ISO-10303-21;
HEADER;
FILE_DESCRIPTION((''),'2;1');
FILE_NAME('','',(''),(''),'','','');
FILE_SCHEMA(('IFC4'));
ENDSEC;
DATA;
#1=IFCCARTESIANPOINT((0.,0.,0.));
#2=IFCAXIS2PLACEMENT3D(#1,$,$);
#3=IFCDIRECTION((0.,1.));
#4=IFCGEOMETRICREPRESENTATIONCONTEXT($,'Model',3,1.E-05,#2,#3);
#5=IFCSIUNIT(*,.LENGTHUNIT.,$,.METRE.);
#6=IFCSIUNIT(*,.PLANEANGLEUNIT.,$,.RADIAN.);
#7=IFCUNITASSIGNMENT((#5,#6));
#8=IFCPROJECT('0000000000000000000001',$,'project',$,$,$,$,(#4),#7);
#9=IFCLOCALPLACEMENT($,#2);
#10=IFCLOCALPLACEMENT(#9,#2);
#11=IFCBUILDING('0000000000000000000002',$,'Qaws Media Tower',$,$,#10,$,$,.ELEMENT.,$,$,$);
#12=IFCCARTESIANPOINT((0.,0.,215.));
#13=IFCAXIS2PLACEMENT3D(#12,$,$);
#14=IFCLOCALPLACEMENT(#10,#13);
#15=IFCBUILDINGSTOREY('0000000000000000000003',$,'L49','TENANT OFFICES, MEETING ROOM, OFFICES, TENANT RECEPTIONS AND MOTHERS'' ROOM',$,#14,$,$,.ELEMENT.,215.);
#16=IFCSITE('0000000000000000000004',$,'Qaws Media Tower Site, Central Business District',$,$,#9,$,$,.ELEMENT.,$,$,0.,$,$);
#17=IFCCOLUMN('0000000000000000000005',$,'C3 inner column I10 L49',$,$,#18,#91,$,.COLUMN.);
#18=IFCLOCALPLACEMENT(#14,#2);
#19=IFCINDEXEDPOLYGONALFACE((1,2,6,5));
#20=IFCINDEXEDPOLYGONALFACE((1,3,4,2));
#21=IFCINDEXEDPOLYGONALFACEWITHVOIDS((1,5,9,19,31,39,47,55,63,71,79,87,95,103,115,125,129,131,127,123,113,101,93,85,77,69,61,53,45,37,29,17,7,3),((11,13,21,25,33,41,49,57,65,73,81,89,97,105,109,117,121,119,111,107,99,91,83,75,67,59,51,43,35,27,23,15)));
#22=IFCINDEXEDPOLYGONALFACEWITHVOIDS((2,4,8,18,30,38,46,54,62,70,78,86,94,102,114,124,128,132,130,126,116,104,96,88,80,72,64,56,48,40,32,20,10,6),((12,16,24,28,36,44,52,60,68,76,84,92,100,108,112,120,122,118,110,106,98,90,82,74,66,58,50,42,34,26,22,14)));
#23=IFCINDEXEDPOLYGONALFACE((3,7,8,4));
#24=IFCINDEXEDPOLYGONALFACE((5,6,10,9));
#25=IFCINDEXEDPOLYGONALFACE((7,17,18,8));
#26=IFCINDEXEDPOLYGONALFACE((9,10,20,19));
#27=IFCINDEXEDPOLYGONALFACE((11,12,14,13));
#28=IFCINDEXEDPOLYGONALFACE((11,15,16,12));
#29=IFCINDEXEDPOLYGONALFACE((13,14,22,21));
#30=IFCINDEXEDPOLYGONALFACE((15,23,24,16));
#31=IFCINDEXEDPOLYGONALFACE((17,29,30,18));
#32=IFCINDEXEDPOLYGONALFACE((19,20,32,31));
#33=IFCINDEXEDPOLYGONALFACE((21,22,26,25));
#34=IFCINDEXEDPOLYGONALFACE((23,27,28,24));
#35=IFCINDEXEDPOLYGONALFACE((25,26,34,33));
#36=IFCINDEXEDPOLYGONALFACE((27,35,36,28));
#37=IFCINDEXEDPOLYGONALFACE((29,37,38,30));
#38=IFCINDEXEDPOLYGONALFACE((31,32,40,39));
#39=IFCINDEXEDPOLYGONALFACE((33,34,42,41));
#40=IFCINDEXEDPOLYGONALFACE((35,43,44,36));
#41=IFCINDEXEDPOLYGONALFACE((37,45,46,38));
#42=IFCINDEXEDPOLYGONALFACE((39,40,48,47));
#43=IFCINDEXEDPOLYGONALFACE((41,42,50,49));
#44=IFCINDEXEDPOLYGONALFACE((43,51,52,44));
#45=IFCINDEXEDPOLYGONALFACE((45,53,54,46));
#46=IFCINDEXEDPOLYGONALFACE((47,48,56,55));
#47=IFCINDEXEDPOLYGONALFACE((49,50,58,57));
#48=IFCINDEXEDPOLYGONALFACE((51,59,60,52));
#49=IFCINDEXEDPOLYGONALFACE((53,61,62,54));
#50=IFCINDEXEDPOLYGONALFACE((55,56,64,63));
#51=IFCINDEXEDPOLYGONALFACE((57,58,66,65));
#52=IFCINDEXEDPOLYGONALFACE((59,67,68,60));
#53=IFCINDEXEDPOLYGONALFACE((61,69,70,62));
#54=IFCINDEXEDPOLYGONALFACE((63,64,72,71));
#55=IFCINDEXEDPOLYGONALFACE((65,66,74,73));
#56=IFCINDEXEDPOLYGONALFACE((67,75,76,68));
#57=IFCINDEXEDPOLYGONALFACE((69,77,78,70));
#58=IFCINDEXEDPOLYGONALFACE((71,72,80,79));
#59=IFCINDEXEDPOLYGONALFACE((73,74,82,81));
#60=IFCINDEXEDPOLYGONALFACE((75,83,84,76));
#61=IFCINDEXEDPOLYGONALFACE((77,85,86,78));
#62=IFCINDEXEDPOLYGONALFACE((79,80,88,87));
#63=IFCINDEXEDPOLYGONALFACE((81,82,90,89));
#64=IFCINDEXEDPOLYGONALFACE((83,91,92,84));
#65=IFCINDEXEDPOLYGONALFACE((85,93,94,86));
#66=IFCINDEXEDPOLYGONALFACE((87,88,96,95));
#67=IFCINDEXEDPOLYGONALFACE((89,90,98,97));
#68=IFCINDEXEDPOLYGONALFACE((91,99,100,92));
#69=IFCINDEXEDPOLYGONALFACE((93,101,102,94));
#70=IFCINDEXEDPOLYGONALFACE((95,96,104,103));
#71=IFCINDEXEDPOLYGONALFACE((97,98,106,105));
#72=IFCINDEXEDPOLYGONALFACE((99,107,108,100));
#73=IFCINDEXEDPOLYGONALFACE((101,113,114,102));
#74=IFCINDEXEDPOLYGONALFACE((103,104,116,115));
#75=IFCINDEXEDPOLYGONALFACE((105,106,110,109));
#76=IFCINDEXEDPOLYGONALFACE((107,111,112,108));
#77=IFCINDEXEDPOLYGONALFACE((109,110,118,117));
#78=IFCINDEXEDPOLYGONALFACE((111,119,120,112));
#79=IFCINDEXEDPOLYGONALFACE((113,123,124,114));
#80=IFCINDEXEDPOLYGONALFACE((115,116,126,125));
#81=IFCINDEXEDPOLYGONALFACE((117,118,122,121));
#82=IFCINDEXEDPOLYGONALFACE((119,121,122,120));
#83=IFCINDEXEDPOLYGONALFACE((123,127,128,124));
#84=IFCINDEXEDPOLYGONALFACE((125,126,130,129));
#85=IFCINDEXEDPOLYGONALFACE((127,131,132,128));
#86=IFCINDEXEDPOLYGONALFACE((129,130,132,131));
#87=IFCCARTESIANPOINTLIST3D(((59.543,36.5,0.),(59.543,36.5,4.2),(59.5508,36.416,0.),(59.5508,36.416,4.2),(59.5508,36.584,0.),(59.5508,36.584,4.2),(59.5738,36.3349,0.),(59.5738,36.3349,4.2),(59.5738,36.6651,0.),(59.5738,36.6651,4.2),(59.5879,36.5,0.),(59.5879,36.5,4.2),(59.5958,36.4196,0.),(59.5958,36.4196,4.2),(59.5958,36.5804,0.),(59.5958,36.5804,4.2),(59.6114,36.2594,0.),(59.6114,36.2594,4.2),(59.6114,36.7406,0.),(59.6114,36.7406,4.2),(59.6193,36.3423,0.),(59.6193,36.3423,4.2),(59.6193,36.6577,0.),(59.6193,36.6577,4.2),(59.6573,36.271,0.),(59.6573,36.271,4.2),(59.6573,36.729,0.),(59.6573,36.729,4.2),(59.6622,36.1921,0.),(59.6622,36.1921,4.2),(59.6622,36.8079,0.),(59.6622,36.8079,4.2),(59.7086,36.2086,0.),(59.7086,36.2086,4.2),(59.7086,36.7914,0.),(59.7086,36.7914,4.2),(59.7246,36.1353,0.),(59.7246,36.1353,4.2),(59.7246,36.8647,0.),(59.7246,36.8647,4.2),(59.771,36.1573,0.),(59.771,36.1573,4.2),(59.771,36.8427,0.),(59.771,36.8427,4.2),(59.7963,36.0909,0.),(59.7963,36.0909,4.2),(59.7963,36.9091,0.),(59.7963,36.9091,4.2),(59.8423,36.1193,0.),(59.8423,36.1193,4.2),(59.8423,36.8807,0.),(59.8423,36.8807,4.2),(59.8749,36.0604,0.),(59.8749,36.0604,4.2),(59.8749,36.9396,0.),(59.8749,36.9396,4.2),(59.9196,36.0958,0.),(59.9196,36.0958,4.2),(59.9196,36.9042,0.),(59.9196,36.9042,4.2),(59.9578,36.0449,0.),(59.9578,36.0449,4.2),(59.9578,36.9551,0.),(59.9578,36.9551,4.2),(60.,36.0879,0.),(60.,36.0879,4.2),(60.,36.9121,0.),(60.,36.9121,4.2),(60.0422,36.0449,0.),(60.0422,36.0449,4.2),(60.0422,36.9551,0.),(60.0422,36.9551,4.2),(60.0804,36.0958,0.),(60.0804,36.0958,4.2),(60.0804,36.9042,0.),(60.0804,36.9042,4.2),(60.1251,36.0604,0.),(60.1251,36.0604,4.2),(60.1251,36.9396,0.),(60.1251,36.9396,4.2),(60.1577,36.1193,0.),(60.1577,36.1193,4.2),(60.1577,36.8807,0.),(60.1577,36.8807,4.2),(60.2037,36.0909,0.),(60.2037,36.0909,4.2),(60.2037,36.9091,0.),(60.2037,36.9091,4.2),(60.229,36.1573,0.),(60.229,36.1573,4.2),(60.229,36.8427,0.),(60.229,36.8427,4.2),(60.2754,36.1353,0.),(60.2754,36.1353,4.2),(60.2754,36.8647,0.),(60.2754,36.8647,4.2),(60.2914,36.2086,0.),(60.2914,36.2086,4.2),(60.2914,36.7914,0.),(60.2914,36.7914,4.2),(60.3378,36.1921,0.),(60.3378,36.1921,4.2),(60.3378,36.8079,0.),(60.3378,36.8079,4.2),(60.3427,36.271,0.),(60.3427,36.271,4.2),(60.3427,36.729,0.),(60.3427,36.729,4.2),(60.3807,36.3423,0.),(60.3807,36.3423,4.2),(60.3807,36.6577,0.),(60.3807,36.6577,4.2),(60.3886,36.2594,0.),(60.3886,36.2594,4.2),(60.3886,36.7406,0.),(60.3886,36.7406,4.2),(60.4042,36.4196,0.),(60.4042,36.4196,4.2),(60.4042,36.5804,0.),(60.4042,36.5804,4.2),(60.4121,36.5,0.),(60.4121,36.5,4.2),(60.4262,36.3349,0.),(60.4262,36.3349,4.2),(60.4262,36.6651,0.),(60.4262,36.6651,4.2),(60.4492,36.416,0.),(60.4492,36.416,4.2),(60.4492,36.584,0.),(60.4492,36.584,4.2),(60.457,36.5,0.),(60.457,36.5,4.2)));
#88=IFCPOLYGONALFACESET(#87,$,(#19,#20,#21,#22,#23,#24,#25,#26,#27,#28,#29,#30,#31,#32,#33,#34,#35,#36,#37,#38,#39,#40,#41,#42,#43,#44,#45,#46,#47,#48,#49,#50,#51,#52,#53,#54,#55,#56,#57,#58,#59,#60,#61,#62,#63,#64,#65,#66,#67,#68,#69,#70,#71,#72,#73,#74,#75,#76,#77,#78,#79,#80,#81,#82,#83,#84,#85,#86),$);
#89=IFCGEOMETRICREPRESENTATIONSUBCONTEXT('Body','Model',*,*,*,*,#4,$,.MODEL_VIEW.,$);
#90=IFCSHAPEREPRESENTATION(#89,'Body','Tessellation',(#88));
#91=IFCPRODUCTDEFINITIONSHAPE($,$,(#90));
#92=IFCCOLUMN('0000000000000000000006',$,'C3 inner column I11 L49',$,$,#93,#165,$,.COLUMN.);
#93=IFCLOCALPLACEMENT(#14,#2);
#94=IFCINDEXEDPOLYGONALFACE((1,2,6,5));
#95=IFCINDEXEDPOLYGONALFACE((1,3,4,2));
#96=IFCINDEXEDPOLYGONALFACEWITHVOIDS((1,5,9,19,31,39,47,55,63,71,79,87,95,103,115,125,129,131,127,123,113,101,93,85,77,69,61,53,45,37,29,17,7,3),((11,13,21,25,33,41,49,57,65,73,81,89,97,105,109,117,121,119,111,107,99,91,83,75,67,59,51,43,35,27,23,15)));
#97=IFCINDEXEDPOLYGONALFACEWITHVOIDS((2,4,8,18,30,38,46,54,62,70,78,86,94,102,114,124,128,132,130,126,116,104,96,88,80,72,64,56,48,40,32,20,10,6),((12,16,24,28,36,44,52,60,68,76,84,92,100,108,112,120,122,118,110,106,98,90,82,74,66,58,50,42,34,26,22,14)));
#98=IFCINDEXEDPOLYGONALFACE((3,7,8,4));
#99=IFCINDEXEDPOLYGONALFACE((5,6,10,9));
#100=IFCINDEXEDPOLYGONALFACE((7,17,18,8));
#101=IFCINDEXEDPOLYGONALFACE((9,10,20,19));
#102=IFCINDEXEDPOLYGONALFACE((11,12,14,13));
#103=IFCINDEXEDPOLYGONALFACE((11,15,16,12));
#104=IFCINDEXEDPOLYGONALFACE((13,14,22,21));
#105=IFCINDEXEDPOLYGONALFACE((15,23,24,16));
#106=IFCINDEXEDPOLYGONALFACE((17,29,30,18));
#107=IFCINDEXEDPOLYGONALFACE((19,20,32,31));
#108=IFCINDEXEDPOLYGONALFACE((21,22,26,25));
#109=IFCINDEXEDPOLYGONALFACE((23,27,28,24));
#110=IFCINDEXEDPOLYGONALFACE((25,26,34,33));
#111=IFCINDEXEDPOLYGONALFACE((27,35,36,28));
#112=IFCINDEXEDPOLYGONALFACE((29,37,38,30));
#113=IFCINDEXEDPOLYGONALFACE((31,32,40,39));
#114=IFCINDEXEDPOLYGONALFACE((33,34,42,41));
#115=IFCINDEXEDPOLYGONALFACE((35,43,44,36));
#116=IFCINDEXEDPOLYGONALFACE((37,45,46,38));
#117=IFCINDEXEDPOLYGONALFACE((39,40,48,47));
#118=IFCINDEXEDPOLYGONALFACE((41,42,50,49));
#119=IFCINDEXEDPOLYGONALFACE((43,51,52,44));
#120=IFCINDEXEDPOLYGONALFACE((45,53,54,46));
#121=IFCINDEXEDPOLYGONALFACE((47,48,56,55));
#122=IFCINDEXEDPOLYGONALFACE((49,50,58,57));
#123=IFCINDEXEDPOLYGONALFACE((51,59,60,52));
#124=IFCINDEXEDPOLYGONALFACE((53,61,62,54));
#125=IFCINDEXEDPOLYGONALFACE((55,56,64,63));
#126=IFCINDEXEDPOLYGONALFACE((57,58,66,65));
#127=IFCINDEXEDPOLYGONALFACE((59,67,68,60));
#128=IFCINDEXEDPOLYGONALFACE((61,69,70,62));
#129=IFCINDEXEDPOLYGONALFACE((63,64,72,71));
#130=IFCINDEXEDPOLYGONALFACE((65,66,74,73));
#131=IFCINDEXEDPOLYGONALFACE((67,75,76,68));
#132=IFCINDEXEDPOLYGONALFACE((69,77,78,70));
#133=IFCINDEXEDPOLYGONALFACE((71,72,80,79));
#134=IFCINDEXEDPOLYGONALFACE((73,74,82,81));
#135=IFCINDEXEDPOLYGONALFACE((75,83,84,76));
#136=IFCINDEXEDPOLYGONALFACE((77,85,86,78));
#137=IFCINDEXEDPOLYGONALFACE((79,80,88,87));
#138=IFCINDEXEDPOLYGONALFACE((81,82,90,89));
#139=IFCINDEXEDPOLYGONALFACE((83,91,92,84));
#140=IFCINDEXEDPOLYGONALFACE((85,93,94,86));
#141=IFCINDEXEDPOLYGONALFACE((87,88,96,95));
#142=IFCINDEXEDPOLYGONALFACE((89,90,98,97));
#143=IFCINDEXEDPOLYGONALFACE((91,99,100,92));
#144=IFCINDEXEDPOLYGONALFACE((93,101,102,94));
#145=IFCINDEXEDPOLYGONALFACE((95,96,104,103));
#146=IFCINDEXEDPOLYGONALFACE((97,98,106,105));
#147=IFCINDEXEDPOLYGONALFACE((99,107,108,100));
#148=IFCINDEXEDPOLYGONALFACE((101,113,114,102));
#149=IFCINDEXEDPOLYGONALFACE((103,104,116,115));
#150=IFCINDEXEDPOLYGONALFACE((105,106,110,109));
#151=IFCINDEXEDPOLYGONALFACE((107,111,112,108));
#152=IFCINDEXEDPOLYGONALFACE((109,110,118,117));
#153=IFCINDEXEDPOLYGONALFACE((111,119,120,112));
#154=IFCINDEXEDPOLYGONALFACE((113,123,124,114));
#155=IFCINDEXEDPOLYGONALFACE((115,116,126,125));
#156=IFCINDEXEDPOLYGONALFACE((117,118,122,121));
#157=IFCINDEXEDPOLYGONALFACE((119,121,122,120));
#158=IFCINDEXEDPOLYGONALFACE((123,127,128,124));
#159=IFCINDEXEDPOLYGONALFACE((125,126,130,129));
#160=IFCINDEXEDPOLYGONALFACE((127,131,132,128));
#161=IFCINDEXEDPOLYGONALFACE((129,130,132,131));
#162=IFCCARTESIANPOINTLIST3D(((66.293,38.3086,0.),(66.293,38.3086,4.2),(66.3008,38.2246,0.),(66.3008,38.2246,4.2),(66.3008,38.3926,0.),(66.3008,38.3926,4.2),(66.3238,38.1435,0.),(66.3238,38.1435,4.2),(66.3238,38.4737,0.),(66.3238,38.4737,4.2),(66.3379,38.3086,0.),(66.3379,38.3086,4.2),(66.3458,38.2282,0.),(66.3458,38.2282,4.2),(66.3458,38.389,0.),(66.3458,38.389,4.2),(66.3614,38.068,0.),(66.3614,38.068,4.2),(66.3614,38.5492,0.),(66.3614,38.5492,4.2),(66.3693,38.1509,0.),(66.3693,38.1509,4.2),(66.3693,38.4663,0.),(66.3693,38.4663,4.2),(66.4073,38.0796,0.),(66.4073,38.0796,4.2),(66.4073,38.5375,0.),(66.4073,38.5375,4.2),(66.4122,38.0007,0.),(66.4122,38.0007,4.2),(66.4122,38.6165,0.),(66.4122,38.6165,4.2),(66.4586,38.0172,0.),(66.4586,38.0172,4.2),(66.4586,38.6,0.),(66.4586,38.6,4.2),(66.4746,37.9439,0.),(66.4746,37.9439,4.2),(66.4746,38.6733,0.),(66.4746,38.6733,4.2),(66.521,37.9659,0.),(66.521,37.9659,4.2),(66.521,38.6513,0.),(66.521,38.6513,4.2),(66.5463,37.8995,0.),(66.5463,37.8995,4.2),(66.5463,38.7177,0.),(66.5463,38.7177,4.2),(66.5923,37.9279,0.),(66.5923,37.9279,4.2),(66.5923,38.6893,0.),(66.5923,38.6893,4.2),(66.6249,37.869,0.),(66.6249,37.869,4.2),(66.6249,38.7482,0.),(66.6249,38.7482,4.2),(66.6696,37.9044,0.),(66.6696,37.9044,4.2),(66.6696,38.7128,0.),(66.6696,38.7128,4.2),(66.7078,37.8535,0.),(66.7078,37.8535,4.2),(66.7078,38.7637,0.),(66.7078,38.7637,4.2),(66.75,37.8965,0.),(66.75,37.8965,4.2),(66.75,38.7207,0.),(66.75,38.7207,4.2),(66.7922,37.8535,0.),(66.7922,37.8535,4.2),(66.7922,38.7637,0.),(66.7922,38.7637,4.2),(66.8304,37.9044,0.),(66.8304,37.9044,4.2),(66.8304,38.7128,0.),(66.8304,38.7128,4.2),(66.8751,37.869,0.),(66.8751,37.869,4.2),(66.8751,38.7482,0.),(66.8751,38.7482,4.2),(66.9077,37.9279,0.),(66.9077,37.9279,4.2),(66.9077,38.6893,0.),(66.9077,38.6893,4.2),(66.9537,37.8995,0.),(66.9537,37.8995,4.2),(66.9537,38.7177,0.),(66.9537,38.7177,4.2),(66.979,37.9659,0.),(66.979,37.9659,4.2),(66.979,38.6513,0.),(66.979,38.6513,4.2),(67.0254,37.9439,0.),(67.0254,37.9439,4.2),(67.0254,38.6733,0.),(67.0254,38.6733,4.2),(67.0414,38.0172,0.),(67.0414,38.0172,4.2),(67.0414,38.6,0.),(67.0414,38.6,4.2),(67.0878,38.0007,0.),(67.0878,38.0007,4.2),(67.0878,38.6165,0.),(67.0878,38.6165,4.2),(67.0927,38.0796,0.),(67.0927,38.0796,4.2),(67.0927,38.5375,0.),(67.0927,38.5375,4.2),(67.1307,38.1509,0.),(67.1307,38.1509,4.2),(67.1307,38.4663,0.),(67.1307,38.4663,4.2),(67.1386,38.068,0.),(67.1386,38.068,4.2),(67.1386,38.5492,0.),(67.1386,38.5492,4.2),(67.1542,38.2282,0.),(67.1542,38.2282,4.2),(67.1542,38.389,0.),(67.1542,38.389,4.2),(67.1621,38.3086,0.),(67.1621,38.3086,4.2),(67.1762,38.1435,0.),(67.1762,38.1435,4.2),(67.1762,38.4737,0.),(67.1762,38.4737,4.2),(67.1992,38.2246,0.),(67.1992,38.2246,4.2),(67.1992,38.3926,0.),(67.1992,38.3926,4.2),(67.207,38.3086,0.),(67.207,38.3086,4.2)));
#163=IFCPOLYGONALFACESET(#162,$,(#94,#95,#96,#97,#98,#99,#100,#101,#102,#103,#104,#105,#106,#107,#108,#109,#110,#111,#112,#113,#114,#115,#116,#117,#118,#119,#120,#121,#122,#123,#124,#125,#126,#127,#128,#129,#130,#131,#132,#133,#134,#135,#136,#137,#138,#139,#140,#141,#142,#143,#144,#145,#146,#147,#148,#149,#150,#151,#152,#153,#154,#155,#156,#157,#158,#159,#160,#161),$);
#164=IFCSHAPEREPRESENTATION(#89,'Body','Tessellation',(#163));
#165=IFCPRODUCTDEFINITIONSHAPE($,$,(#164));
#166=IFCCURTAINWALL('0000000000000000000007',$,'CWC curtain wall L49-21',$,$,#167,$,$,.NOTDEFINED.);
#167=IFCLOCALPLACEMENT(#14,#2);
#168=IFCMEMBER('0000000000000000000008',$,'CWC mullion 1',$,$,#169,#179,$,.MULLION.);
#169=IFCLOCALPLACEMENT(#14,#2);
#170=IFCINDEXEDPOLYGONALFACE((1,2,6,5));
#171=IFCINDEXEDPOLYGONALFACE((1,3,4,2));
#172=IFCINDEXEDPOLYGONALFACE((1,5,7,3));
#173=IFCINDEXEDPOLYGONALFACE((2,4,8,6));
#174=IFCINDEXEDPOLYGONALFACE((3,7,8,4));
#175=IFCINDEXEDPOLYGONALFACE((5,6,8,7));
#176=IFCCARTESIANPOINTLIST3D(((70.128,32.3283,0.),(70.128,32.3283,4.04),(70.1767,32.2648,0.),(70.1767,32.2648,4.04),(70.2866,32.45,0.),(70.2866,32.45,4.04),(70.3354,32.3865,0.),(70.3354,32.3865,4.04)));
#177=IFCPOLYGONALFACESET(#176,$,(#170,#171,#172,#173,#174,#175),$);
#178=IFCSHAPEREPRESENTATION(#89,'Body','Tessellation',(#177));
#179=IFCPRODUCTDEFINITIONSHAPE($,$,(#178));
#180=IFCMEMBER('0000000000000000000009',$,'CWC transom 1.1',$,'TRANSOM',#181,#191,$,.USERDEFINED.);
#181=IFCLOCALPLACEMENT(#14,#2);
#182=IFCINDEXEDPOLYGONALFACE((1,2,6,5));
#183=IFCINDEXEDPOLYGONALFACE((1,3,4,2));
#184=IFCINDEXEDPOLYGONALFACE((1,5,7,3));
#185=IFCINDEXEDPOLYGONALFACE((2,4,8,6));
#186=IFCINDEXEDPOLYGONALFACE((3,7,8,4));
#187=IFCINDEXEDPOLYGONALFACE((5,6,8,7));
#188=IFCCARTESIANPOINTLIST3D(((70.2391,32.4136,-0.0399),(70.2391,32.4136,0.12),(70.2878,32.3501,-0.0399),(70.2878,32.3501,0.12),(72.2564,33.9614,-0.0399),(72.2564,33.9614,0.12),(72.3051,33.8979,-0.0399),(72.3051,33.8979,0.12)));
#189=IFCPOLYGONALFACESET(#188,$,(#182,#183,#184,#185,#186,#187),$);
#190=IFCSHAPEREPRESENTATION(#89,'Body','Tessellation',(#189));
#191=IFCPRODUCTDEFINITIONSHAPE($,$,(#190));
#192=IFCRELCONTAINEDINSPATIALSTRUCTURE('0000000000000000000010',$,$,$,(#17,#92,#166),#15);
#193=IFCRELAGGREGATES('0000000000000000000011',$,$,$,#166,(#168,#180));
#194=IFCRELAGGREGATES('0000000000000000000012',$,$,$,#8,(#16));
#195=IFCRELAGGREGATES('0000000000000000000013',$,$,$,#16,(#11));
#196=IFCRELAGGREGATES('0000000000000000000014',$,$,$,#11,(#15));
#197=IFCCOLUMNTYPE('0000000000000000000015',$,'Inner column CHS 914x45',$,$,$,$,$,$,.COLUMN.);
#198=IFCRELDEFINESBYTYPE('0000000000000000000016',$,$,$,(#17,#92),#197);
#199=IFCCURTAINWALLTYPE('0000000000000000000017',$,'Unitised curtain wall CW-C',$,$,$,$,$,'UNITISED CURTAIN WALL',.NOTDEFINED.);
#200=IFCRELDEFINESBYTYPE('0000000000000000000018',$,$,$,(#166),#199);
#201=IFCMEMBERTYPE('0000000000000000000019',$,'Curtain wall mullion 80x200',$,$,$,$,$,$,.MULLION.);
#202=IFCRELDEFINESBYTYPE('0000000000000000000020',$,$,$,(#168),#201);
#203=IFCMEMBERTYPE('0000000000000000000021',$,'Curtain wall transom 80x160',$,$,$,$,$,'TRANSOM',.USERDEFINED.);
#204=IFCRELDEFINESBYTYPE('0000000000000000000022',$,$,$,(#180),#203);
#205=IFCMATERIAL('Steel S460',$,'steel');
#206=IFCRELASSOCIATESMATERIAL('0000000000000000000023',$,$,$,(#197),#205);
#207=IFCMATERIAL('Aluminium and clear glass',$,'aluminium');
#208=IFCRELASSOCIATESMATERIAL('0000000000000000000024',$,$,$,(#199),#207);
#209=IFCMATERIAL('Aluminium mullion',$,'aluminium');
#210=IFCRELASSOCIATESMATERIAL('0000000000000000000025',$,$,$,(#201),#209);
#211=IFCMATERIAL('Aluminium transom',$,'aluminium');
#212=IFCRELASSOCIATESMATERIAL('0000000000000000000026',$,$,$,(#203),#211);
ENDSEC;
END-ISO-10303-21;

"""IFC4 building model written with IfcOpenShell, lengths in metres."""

from ifc_helpers import new_model, si_unit, direction, frame, origin, origin_2d, place, context, subcontext, project, spatial, rectangle, hollow_circle, extrude, material, material_profile, profile_set, type_object, element, aggregate, save


model = new_model("IFC4")

# Units and contexts
model_context = context("Model", 3, precision=1e-05, world=origin(), true_north=direction((0.0, 1.0)))
body_context = subcontext(model_context, "Body", "Model", "MODEL_VIEW")
ifc_project = project(units=[si_unit("LENGTHUNIT", "METRE"), si_unit("PLANEANGLEUNIT", "RADIAN")], contexts=[model_context])

# Site, building, storey
site_placement = place(None, origin())
site = spatial("IfcSite", under=ifc_project, at=site_placement, Name="Qaws Media Tower Site, Central Business District", CompositionType="ELEMENT", RefElevation=0.0)
building_placement = place(site_placement, origin())
building = spatial("IfcBuilding", under=site, at=building_placement, Name="Qaws Media Tower", CompositionType="ELEMENT")
storey_placement = place(building_placement, frame((0.0, 0.0, 215.0)))
storey = spatial("IfcBuildingStorey", under=building, at=storey_placement, Name="L49", Description="TENANT OFFICES, MEETING ROOM, OFFICES, TENANT RECEPTIONS AND MOTHERS' ROOM", CompositionType="ELEMENT", Elevation=215.0)

# Columns
ifc_material_1 = material(Name="Steel S460", Category="steel")
ifc_material_profile_1 = material_profile(ifc_material_1, hollow_circle(Radius=0.457, WallThickness=0.0449, at=origin_2d()), Name="CHS 914x45")
ifc_profile_set_1 = profile_set([ifc_material_profile_1], Name="Steel S460")
column_type = type_object("IfcColumnType", Name="Inner column CHS 914x45", PredefinedType="COLUMN", material=ifc_profile_set_1)
for number, where, z_axis, x_axis, name in (
    (1, (60.0, 36.5, 0.0), (0.0, 0.0, 1.0), (1.0, 0.0, 0.0), "C3 inner column I10 L49"),
    (2, (66.75, 38.3086, 0.0), (0.0, 0.0, 1.0), (1.0, 0.0, 0.0), "C3 inner column I11 L49"),
):
    element("IfcColumn", number, at=place(storey_placement, frame(where, z_axis=z_axis, x_axis=x_axis)), inside=storey, type_object=column_type, Name=name, PredefinedType="COLUMN", context=body_context, shape_type="SweptSolid", body=[
        extrude(hollow_circle(Radius=0.457, WallThickness=0.0449, at=origin_2d()), origin(), (0.0, 0.0, 1.0), 4.2),
    ])

# Curtain wall, members
ifc_material_2 = material(Name="Aluminium and clear glass", Category="aluminium")
curtain_wall_type = type_object("IfcCurtainWallType", Name="Unitised curtain wall CW-C", ElementType="UNITISED CURTAIN WALL", PredefinedType="NOTDEFINED", material=ifc_material_2)
curtain_wall_placement = place(storey_placement, origin())
curtain_wall = element("IfcCurtainWall", 3, at=curtain_wall_placement, inside=storey, type_object=curtain_wall_type, Name="CWC curtain wall L49-21", PredefinedType="NOTDEFINED")
ifc_material_3 = material(Name="Aluminium mullion", Category="aluminium")
ifc_material_profile_2 = material_profile(ifc_material_3, rectangle(XDim=0.0801, YDim=0.2, at=origin_2d()), Name="80x200")
ifc_profile_set_2 = profile_set([ifc_material_profile_2], Name="Aluminium mullion")
member_type_1 = type_object("IfcMemberType", Name="Curtain wall mullion 80x200", PredefinedType="MULLION", material=ifc_profile_set_2)
member_1_placement = place(storey_placement, frame((70.2317, 32.3574, 0.0), z_axis=(0.0, 0.0, 1.0), x_axis=(-0.608761, 0.793353, 0.0)))
member_1 = element("IfcMember", 4, at=member_1_placement, type_object=member_type_1, Name="CWC mullion 1", PredefinedType="MULLION", context=body_context, shape_type="SweptSolid", body=[
    extrude(rectangle(XDim=0.0801, YDim=0.2, at=origin_2d()), origin(), (0.0, 0.0, 1.0), 4.04),
])
ifc_material_4 = material(Name="Aluminium transom", Category="aluminium")
ifc_material_profile_3 = material_profile(ifc_material_4, rectangle(XDim=0.0801, YDim=0.1599, at=origin_2d()), Name="80x160")
ifc_profile_set_3 = profile_set([ifc_material_profile_3], Name="Aluminium transom")
member_type_2 = type_object("IfcMemberType", Name="Curtain wall transom 80x160", ElementType="TRANSOM", PredefinedType="USERDEFINED", material=ifc_profile_set_3)
member_2_placement = place(storey_placement, frame((70.2634, 32.3818, 0.04), z_axis=(0.793373, 0.608736, 0.0), x_axis=(-0.608736, 0.793373, 0.0)))
member_2 = element("IfcMember", 5, at=member_2_placement, type_object=member_type_2, Name="CWC transom 1.1", ObjectType="TRANSOM", PredefinedType="USERDEFINED", context=body_context, shape_type="SweptSolid", body=[
    extrude(rectangle(XDim=0.0801, YDim=0.1599, at=origin_2d()), origin(), (0.0, 0.0, 1.0), 2.5427),
])
aggregate(curtain_wall, [member_1, member_2])

save(model, "model.ifc")
